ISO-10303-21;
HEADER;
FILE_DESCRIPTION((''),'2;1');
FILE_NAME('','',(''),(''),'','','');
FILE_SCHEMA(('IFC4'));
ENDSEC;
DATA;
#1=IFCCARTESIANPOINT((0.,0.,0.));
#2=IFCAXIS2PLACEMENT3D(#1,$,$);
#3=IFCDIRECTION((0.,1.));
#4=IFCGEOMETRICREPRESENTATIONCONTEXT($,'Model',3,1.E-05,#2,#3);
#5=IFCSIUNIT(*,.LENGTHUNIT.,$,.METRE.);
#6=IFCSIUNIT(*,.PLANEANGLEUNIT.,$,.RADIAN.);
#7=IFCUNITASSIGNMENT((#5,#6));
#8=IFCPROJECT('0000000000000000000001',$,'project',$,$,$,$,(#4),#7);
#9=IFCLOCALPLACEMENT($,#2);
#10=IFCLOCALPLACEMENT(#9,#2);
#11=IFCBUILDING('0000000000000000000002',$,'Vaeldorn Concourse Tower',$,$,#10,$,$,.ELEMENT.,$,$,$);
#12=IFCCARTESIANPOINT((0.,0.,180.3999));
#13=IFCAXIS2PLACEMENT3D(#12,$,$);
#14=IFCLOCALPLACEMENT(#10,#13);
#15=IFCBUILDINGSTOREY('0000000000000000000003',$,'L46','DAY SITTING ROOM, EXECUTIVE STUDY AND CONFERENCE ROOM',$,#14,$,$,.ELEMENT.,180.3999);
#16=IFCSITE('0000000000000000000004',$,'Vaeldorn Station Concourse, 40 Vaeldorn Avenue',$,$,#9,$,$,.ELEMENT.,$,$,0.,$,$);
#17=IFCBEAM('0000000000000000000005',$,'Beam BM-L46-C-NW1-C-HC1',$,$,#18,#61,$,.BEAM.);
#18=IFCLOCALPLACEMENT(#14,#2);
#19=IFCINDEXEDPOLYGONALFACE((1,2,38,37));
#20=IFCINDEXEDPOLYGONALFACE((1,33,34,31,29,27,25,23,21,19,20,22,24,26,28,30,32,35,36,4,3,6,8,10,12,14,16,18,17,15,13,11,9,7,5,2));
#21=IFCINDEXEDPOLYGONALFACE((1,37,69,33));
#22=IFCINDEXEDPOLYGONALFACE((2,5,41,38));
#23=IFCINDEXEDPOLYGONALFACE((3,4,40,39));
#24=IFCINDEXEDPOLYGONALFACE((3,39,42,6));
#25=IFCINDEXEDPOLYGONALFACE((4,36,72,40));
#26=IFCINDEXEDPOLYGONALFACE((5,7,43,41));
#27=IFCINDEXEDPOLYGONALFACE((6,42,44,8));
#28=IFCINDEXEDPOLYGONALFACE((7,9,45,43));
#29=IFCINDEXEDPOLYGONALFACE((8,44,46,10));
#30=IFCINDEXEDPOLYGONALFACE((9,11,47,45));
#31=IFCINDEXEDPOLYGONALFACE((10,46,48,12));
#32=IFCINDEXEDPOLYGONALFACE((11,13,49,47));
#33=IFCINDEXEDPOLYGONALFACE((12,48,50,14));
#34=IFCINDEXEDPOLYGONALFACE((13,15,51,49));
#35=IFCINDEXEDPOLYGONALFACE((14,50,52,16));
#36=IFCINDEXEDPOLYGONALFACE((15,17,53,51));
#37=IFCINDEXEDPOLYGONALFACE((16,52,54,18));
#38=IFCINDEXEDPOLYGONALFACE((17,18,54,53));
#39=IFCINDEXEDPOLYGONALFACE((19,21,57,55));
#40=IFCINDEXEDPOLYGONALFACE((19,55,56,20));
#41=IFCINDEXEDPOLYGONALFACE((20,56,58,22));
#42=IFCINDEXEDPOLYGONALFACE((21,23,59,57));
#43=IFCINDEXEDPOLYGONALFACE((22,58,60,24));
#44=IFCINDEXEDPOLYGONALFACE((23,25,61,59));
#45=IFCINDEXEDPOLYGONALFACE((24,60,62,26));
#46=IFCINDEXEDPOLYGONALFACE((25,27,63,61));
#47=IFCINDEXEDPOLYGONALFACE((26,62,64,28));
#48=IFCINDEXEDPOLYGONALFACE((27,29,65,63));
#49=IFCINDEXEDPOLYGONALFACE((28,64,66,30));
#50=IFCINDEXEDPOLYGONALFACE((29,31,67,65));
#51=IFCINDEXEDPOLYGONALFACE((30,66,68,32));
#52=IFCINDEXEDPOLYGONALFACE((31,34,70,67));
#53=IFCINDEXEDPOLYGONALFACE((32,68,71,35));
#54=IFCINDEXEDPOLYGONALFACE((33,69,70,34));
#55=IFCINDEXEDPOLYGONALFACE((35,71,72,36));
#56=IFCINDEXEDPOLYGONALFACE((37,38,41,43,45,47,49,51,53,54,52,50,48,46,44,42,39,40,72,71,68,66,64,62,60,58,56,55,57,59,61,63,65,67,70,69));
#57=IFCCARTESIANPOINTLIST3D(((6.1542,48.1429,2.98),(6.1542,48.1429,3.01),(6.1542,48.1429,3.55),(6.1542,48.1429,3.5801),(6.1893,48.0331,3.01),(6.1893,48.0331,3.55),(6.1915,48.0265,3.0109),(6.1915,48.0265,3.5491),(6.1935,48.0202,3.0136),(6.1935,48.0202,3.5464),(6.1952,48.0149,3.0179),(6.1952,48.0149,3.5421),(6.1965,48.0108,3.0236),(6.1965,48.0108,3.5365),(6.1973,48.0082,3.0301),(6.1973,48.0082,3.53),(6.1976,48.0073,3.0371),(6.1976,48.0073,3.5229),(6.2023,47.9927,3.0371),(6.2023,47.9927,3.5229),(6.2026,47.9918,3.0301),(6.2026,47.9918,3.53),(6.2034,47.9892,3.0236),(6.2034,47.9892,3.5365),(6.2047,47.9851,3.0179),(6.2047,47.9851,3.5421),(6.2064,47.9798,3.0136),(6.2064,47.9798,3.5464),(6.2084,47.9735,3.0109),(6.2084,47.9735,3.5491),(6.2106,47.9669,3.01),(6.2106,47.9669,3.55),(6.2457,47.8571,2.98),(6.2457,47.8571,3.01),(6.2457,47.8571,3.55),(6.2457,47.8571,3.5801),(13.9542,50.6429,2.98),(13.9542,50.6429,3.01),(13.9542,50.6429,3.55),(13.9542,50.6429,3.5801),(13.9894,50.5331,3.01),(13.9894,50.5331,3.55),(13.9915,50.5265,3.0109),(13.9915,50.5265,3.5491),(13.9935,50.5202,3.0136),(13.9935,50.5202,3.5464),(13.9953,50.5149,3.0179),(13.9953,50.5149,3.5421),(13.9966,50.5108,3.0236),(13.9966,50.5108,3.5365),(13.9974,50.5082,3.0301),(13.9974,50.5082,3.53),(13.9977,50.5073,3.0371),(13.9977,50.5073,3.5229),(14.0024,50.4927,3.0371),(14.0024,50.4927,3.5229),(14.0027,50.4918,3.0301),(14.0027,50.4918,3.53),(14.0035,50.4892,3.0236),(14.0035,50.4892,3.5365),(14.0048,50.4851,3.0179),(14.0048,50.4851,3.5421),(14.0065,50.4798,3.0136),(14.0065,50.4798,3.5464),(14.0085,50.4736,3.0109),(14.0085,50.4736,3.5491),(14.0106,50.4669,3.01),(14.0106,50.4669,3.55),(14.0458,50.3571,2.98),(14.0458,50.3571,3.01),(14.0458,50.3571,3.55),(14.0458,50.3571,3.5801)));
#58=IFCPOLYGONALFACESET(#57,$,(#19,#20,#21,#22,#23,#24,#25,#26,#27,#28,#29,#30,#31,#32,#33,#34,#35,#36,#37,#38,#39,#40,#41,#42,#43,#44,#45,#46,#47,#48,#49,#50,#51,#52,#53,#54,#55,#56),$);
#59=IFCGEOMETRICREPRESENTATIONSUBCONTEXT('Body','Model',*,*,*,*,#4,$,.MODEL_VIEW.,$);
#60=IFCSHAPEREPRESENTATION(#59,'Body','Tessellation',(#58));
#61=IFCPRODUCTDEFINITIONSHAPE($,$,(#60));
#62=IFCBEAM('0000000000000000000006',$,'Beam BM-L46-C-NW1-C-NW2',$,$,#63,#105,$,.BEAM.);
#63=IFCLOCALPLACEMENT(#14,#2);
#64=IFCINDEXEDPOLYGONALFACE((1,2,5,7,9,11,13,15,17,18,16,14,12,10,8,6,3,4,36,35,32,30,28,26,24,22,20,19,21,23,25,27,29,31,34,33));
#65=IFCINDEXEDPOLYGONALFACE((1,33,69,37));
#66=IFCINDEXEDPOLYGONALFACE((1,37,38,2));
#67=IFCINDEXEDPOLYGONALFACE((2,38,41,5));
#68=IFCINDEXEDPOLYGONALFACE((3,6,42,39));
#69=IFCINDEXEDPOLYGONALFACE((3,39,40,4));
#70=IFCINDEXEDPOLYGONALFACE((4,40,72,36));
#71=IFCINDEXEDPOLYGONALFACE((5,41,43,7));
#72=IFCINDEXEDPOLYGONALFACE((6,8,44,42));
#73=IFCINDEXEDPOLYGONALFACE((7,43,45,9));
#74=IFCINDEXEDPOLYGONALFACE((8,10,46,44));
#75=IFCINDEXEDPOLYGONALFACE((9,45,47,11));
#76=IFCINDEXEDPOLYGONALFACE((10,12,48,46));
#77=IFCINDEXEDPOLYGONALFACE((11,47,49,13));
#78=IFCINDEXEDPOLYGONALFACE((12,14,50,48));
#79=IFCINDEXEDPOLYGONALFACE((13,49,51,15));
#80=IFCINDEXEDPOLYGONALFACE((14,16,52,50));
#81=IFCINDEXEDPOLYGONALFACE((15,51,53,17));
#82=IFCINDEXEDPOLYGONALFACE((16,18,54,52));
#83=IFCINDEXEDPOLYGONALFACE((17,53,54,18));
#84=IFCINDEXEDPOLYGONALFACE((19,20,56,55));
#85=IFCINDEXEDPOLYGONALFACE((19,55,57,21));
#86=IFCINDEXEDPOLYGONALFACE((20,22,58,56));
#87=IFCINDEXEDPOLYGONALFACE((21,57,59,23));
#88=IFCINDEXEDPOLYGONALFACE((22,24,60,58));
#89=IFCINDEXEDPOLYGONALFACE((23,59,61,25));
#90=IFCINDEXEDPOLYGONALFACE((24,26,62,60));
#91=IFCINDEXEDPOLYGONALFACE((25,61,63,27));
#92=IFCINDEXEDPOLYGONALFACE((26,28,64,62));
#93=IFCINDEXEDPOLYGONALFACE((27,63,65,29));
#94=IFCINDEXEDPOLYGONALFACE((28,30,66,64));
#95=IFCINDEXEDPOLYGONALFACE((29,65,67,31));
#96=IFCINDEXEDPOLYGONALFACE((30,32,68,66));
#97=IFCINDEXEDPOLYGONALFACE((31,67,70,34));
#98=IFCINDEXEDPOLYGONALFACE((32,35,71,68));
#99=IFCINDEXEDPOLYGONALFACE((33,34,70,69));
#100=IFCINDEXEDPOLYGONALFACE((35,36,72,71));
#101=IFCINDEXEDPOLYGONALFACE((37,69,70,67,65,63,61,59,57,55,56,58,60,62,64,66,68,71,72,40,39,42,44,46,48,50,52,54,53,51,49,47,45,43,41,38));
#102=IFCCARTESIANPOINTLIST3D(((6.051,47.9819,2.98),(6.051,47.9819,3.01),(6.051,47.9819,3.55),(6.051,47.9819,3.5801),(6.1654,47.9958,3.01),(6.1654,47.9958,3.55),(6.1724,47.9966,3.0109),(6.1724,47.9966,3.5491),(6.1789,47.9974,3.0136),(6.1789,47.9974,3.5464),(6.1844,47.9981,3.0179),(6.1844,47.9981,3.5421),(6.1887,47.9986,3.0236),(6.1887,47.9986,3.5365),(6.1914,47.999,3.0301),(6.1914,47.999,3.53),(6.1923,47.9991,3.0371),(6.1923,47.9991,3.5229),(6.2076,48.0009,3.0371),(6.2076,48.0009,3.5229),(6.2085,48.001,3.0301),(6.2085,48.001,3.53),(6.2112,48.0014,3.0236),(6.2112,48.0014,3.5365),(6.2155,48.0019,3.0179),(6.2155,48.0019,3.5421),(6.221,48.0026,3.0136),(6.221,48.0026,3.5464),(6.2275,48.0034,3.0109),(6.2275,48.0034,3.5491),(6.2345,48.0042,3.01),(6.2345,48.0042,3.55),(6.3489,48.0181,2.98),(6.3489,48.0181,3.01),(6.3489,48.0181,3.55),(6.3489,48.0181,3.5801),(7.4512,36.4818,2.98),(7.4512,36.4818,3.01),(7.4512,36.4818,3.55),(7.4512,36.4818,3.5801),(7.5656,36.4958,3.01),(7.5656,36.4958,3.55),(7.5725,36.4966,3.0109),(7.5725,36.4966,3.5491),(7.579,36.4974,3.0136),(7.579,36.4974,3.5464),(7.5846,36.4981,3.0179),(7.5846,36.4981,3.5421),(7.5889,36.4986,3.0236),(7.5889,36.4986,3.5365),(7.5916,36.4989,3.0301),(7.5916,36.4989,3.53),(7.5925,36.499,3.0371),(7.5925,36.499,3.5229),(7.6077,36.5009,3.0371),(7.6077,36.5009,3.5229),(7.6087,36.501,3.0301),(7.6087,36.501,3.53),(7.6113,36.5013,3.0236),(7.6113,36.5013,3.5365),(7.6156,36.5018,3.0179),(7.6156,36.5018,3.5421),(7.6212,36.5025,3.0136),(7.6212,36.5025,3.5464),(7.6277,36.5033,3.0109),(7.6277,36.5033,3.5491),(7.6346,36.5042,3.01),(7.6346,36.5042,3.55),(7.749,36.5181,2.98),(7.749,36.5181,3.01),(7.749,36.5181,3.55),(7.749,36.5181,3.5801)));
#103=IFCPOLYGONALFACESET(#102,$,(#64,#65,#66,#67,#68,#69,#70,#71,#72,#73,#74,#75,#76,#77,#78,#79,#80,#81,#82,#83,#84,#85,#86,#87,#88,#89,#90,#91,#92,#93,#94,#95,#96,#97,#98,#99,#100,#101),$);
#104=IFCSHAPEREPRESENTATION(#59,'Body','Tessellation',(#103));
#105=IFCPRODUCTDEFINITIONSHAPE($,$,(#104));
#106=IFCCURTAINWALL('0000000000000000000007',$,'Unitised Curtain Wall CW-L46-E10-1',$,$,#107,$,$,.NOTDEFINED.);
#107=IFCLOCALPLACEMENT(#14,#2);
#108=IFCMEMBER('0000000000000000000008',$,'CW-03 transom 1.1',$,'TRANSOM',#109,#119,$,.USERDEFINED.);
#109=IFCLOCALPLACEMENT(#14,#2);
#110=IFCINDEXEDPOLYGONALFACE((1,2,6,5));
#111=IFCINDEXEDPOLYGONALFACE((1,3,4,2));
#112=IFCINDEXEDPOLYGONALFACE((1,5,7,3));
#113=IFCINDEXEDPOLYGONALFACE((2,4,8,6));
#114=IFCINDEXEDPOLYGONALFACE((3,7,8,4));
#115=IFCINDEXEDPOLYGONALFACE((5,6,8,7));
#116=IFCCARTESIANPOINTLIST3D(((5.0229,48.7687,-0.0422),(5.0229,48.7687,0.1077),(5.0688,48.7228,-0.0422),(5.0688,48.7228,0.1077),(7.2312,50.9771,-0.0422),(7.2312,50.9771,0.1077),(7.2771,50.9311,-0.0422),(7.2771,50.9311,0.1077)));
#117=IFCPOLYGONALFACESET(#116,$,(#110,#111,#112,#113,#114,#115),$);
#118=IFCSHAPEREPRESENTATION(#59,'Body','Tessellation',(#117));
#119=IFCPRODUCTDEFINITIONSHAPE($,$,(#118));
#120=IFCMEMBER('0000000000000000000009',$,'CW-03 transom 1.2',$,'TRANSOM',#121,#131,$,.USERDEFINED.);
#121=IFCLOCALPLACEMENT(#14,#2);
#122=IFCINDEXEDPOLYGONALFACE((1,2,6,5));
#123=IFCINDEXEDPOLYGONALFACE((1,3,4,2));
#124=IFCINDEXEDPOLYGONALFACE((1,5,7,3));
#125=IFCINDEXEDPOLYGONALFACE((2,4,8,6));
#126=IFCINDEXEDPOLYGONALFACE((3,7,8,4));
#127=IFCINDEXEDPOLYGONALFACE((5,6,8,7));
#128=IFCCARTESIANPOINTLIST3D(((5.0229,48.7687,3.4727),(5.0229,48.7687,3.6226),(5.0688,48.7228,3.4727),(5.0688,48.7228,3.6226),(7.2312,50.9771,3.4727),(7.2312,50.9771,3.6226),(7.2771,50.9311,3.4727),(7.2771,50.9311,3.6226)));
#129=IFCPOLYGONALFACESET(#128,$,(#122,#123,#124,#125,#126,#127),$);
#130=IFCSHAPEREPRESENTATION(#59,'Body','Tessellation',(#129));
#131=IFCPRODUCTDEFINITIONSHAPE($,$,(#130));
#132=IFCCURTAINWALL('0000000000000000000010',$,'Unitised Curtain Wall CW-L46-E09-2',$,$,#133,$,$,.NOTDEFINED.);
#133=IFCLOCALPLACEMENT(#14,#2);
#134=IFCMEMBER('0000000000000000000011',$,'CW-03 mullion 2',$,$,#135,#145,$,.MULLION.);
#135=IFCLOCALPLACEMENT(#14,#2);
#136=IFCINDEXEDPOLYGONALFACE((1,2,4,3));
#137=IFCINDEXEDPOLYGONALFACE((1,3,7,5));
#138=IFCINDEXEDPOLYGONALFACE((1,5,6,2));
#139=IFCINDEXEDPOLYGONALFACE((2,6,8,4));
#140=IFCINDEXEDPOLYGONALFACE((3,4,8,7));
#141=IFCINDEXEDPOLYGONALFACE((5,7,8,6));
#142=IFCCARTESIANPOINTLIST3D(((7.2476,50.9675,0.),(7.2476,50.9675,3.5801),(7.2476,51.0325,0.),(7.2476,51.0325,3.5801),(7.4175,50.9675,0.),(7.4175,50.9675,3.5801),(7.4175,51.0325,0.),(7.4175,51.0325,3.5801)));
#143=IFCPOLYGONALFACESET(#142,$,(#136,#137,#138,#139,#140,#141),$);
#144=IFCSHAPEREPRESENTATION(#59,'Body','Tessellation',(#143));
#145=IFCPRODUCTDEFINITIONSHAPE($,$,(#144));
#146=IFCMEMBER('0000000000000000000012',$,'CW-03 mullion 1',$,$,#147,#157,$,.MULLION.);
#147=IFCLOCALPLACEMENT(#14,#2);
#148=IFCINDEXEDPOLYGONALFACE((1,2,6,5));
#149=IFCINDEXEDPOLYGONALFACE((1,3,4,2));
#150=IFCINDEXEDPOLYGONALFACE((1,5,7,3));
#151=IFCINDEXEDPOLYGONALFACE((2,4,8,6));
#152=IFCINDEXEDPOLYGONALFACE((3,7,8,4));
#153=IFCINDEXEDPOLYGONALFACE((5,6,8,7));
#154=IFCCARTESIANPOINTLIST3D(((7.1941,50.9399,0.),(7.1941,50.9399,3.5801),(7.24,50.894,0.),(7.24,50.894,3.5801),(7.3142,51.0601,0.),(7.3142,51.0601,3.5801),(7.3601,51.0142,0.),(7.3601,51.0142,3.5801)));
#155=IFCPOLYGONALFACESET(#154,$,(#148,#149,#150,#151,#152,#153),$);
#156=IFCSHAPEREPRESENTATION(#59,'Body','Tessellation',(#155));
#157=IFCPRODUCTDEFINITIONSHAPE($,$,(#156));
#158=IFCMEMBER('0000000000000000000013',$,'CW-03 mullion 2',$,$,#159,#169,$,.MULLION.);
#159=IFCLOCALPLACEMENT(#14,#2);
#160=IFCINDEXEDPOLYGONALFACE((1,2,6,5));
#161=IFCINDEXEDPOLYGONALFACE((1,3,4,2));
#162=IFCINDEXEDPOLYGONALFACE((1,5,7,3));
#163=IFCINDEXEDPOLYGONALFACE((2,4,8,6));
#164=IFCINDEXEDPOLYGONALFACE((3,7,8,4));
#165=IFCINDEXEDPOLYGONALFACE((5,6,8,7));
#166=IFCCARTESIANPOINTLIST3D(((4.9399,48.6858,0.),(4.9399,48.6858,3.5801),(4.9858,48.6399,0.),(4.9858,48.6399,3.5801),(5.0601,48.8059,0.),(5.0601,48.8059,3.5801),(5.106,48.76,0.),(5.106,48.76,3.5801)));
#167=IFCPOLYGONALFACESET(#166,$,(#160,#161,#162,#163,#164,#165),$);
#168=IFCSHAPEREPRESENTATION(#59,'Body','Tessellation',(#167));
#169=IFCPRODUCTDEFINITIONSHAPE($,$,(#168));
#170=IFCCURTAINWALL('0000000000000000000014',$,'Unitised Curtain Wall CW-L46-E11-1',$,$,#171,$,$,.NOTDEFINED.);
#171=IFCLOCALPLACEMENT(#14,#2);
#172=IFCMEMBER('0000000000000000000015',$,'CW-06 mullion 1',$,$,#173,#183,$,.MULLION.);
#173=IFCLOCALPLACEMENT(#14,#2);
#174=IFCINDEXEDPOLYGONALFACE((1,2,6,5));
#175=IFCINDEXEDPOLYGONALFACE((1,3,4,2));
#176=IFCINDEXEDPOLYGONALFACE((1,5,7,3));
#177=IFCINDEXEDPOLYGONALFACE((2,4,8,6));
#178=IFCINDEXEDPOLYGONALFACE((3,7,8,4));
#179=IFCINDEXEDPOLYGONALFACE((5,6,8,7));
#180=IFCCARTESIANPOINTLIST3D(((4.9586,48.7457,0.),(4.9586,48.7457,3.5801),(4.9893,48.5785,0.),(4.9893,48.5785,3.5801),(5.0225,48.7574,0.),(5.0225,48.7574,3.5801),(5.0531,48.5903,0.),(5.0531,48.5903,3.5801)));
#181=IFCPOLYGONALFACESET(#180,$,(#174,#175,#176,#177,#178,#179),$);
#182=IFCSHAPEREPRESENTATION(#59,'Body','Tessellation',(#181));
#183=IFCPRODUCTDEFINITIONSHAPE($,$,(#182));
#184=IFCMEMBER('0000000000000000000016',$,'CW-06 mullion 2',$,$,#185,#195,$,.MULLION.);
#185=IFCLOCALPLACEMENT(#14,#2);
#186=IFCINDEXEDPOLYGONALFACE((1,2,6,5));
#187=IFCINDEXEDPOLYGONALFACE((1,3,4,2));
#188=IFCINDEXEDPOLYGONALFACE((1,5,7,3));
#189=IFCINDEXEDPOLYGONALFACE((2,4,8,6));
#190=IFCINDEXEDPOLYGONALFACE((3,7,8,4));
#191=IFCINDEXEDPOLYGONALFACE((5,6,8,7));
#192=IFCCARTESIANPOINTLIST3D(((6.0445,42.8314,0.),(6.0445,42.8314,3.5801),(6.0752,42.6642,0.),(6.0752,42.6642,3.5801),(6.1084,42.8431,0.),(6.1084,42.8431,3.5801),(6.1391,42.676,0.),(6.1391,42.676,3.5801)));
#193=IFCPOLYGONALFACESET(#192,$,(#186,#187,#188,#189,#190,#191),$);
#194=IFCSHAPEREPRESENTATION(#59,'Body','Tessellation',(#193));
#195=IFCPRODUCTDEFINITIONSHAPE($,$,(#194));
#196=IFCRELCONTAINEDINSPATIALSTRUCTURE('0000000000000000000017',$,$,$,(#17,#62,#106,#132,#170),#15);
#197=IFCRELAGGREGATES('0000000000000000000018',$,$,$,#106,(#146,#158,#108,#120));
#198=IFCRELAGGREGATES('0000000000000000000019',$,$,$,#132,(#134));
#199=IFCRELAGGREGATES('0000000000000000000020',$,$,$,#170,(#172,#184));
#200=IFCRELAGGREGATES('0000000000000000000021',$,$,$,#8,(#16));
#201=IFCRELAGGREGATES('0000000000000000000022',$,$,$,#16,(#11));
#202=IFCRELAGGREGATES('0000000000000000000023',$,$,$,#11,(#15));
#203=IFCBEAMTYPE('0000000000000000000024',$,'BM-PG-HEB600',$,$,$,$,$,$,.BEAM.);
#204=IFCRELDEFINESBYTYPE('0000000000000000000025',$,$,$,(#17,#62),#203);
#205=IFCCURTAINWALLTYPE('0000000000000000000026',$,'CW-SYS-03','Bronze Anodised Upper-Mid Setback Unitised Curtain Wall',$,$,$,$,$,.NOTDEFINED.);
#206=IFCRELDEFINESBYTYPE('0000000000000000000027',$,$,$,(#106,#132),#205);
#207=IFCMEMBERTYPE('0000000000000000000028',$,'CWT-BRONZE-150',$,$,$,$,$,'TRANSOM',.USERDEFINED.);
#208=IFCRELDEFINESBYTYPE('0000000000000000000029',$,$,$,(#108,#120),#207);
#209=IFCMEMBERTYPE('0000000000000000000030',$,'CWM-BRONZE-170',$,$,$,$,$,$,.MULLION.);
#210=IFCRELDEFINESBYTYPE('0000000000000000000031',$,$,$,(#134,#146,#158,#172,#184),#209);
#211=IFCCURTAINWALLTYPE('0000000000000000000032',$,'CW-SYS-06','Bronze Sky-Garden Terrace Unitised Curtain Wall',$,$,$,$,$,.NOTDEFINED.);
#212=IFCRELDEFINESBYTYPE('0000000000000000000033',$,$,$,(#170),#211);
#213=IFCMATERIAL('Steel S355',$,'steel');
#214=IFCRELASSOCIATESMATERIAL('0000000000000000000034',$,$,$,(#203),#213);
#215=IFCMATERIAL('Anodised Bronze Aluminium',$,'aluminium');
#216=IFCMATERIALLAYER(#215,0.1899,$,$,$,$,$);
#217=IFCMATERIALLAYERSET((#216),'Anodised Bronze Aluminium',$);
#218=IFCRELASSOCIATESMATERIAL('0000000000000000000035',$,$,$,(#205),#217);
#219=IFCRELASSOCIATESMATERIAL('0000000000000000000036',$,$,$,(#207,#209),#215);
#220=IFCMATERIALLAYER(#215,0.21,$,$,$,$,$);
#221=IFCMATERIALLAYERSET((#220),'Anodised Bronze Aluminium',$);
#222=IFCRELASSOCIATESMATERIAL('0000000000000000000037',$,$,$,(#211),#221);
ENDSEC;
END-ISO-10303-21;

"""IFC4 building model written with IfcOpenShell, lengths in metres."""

from ifc_helpers import new_model, si_unit, direction, frame, origin, origin_2d, place, context, subcontext, project, spatial, rectangle, i_section, extrude, source, transform, mapped, material, layer, layer_set, material_profile, profile_set, type_object, element, aggregate, save


model = new_model("IFC4")

# Units and contexts
model_context = context("Model", 3, precision=1e-05, world=origin(), true_north=direction((0.0, 1.0)))
body_context = subcontext(model_context, "Body", "Model", "MODEL_VIEW")
ifc_project = project(units=[si_unit("LENGTHUNIT", "METRE"), si_unit("PLANEANGLEUNIT", "RADIAN")], contexts=[model_context])

# Site, building, storey
site_placement = place(None, origin())
site = spatial("IfcSite", under=ifc_project, at=site_placement, Name="Vaeldorn Station Concourse, 40 Vaeldorn Avenue", CompositionType="ELEMENT", RefElevation=0.0)
building_placement = place(site_placement, origin())
building = spatial("IfcBuilding", under=site, at=building_placement, Name="Vaeldorn Concourse Tower", CompositionType="ELEMENT")
storey_placement = place(building_placement, frame((0.0, 0.0, 180.3999)))
storey = spatial("IfcBuildingStorey", under=building, at=storey_placement, Name="L46", Description="DAY SITTING ROOM, EXECUTIVE STUDY AND CONFERENCE ROOM", CompositionType="ELEMENT", Elevation=180.3999)

# Beams
ifc_material_1 = material(Name="Steel S355", Category="steel")
ifc_material_profile_1 = material_profile(ifc_material_1, i_section(OverallWidth=0.3, OverallDepth=0.6001, WebThickness=0.0154, FlangeThickness=0.03, FilletRadius=0.0271, at=origin_2d()), Name="HEB 600")
ifc_profile_set_1 = profile_set([ifc_material_profile_1], Name="Steel S355")
beam_type_1 = type_object("IfcBeamType", Name="BM-PG-HEB600", PredefinedType="BEAM", material=ifc_profile_set_1)
shared_shape_1 = source(origin(), body_context, "Body", "SweptSolid", [
    extrude(i_section(OverallWidth=0.3, OverallDepth=0.6001, WebThickness=0.0154, FlangeThickness=0.03, FilletRadius=0.0271, at=origin_2d()), origin(), (0.0, 0.0, 1.0), 8.1909),
])
beam_1_placement = place(storey_placement, frame((6.2, 48.0, 3.28), z_axis=(0.952283, 0.305217, 0.0), x_axis=(-0.305217, 0.952283, 0.0)))
element("IfcBeam", 1, at=beam_1_placement, inside=storey, type_object=beam_type_1, Name="Beam BM-L46-C-NW1-C-HC1", PredefinedType="BEAM", context=body_context, shape_type="MappedRepresentation", body=[
    mapped(shared_shape_1, transform((0.0, 0.0, 0.0), scale=1.0)),
])
shared_shape_2 = source(origin(), body_context, "Body", "SweptSolid", [
    extrude(i_section(OverallWidth=0.3, OverallDepth=0.6001, WebThickness=0.0154, FlangeThickness=0.03, FilletRadius=0.0271, at=origin_2d()), origin(), (0.0, 0.0, 1.0), 11.585),
])
beam_2_placement = place(storey_placement, frame((6.2, 48.0, 3.28), z_axis=(0.120859, -0.99267, 0.0), x_axis=(0.99267, 0.120859, 0.0)))
element("IfcBeam", 2, at=beam_2_placement, inside=storey, type_object=beam_type_1, Name="Beam BM-L46-C-NW1-C-NW2", PredefinedType="BEAM", context=body_context, shape_type="MappedRepresentation", body=[
    mapped(shared_shape_2, transform((0.0, 0.0, 0.0), scale=1.0)),
])

# Curtain wall, members
ifc_material_2 = material(Name="Anodised Bronze Aluminium", Category="aluminium")
ifc_layer_1 = layer(ifc_material_2, 0.1899)
ifc_layer_set_1 = layer_set([ifc_layer_1], Name="Anodised Bronze Aluminium")
curtain_wall_type_1 = type_object("IfcCurtainWallType", Name="CW-SYS-03", Description="Bronze Anodised Upper-Mid Setback Unitised Curtain Wall", PredefinedType="NOTDEFINED", material=ifc_layer_set_1)
curtain_wall_1_placement = place(storey_placement, origin())
curtain_wall_1 = element("IfcCurtainWall", 3, at=curtain_wall_1_placement, inside=storey, type_object=curtain_wall_type_1, Name="Unitised Curtain Wall CW-L46-E10-1", PredefinedType="NOTDEFINED")
ifc_material_profile_2 = material_profile(ifc_material_2, rectangle(XDim=0.0649, YDim=0.1499, at=origin_2d()), Name="CWT 65x150")
ifc_profile_set_2 = profile_set([ifc_material_profile_2], Name="Anodised Bronze Aluminium")
member_type_1 = type_object("IfcMemberType", Name="CWT-BRONZE-150", ElementType="TRANSOM", PredefinedType="USERDEFINED", material=ifc_profile_set_2)
shared_shape_3 = source(origin(), body_context, "Body", "SweptSolid", [
    extrude(rectangle(XDim=0.0649, YDim=0.1499, at=origin_2d()), origin(), (0.0, 0.0, 1.0), 3.123),
])
member_1_placement = place(storey_placement, frame((7.2542, 50.9541, 0.0327), z_axis=(-0.707107, -0.707107, 0.0), x_axis=(0.707107, -0.707107, 0.0)))
member_1 = element("IfcMember", 4, at=member_1_placement, type_object=member_type_1, Name="CW-03 transom 1.1", ObjectType="TRANSOM", PredefinedType="USERDEFINED", context=body_context, shape_type="MappedRepresentation", body=[
    mapped(shared_shape_3, transform((0.0, 0.0, 0.0), scale=1.0)),
])
member_2_placement = place(storey_placement, frame((7.2542, 50.9541, 3.5476), z_axis=(-0.707107, -0.707107, 0.0), x_axis=(0.707107, -0.707107, 0.0)))
member_2 = element("IfcMember", 5, at=member_2_placement, type_object=member_type_1, Name="CW-03 transom 1.2", ObjectType="TRANSOM", PredefinedType="USERDEFINED", context=body_context, shape_type="MappedRepresentation", body=[
    mapped(shared_shape_3, transform((0.0, 0.0, 0.0), scale=1.0)),
])

# Curtain wall, member
curtain_wall_2_placement = place(storey_placement, origin())
curtain_wall_2 = element("IfcCurtainWall", 6, at=curtain_wall_2_placement, inside=storey, type_object=curtain_wall_type_1, Name="Unitised Curtain Wall CW-L46-E09-2", PredefinedType="NOTDEFINED")
ifc_material_profile_3 = material_profile(ifc_material_2, rectangle(XDim=0.0649, YDim=0.1699, at=origin_2d()), Name="CWM 65x170")
ifc_profile_set_3 = profile_set([ifc_material_profile_3], Name="Anodised Bronze Aluminium")
member_type_2 = type_object("IfcMemberType", Name="CWM-BRONZE-170", PredefinedType="MULLION", material=ifc_profile_set_3)
shared_shape_4 = source(origin(), body_context, "Body", "SweptSolid", [
    extrude(rectangle(XDim=0.0649, YDim=0.1699, at=origin_2d()), origin(), (0.0, 0.0, 1.0), 3.5801),
])
member_3_placement = place(storey_placement, frame((7.3325, 51.0, 0.0), z_axis=(0.0, 0.0, 1.0), x_axis=(0.0, -1.0, 0.0)))
member_3 = element("IfcMember", 7, at=member_3_placement, type_object=member_type_2, Name="CW-03 mullion 2", PredefinedType="MULLION", context=body_context, shape_type="MappedRepresentation", body=[
    mapped(shared_shape_4, transform((0.0, 0.0, 0.0), scale=1.0)),
])

# Members
member_4_placement = place(storey_placement, frame((7.2771, 50.9771, 0.0), z_axis=(0.0, 0.0, 1.0), x_axis=(0.707107, -0.707107, 0.0)))
member_4 = element("IfcMember", 8, at=member_4_placement, type_object=member_type_2, Name="CW-03 mullion 1", PredefinedType="MULLION", context=body_context, shape_type="MappedRepresentation", body=[
    mapped(shared_shape_4, transform((0.0, 0.0, 0.0), scale=1.0)),
])
member_5_placement = place(storey_placement, frame((5.0229, 48.7229, 0.0), z_axis=(0.0, 0.0, 1.0), x_axis=(0.707107, -0.707107, 0.0)))
member_5 = element("IfcMember", 9, at=member_5_placement, type_object=member_type_2, Name="CW-03 mullion 2", PredefinedType="MULLION", context=body_context, shape_type="MappedRepresentation", body=[
    mapped(shared_shape_4, transform((0.0, 0.0, 0.0), scale=1.0)),
])

# Curtain wall, members
ifc_layer_2 = layer(ifc_material_2, 0.21)
ifc_layer_set_2 = layer_set([ifc_layer_2], Name="Anodised Bronze Aluminium")
curtain_wall_type_2 = type_object("IfcCurtainWallType", Name="CW-SYS-06", Description="Bronze Sky-Garden Terrace Unitised Curtain Wall", PredefinedType="NOTDEFINED", material=ifc_layer_set_2)
curtain_wall_3_placement = place(storey_placement, origin())
curtain_wall_3 = element("IfcCurtainWall", 10, at=curtain_wall_3_placement, inside=storey, type_object=curtain_wall_type_2, Name="Unitised Curtain Wall CW-L46-E11-1", PredefinedType="NOTDEFINED")
member_6_placement = place(storey_placement, frame((5.0059, 48.668, 0.0), z_axis=(0.0, 0.0, 1.0), x_axis=(0.983559, 0.180585, 0.0)))
member_6 = element("IfcMember", 11, at=member_6_placement, type_object=member_type_2, Name="CW-06 mullion 1", PredefinedType="MULLION", context=body_context, shape_type="MappedRepresentation", body=[
    mapped(shared_shape_4, transform((0.0, 0.0, 0.0), scale=1.0)),
])
member_7_placement = place(storey_placement, frame((6.0918, 42.7537, 0.0), z_axis=(0.0, 0.0, 1.0), x_axis=(0.983559, 0.180585, 0.0)))
member_7 = element("IfcMember", 12, at=member_7_placement, type_object=member_type_2, Name="CW-06 mullion 2", PredefinedType="MULLION", context=body_context, shape_type="MappedRepresentation", body=[
    mapped(shared_shape_4, transform((0.0, 0.0, 0.0), scale=1.0)),
])

aggregate(curtain_wall_1, [member_4, member_5, member_1, member_2])
aggregate(curtain_wall_2, [member_3])
aggregate(curtain_wall_3, [member_6, member_7])

save(model, "model.ifc")
